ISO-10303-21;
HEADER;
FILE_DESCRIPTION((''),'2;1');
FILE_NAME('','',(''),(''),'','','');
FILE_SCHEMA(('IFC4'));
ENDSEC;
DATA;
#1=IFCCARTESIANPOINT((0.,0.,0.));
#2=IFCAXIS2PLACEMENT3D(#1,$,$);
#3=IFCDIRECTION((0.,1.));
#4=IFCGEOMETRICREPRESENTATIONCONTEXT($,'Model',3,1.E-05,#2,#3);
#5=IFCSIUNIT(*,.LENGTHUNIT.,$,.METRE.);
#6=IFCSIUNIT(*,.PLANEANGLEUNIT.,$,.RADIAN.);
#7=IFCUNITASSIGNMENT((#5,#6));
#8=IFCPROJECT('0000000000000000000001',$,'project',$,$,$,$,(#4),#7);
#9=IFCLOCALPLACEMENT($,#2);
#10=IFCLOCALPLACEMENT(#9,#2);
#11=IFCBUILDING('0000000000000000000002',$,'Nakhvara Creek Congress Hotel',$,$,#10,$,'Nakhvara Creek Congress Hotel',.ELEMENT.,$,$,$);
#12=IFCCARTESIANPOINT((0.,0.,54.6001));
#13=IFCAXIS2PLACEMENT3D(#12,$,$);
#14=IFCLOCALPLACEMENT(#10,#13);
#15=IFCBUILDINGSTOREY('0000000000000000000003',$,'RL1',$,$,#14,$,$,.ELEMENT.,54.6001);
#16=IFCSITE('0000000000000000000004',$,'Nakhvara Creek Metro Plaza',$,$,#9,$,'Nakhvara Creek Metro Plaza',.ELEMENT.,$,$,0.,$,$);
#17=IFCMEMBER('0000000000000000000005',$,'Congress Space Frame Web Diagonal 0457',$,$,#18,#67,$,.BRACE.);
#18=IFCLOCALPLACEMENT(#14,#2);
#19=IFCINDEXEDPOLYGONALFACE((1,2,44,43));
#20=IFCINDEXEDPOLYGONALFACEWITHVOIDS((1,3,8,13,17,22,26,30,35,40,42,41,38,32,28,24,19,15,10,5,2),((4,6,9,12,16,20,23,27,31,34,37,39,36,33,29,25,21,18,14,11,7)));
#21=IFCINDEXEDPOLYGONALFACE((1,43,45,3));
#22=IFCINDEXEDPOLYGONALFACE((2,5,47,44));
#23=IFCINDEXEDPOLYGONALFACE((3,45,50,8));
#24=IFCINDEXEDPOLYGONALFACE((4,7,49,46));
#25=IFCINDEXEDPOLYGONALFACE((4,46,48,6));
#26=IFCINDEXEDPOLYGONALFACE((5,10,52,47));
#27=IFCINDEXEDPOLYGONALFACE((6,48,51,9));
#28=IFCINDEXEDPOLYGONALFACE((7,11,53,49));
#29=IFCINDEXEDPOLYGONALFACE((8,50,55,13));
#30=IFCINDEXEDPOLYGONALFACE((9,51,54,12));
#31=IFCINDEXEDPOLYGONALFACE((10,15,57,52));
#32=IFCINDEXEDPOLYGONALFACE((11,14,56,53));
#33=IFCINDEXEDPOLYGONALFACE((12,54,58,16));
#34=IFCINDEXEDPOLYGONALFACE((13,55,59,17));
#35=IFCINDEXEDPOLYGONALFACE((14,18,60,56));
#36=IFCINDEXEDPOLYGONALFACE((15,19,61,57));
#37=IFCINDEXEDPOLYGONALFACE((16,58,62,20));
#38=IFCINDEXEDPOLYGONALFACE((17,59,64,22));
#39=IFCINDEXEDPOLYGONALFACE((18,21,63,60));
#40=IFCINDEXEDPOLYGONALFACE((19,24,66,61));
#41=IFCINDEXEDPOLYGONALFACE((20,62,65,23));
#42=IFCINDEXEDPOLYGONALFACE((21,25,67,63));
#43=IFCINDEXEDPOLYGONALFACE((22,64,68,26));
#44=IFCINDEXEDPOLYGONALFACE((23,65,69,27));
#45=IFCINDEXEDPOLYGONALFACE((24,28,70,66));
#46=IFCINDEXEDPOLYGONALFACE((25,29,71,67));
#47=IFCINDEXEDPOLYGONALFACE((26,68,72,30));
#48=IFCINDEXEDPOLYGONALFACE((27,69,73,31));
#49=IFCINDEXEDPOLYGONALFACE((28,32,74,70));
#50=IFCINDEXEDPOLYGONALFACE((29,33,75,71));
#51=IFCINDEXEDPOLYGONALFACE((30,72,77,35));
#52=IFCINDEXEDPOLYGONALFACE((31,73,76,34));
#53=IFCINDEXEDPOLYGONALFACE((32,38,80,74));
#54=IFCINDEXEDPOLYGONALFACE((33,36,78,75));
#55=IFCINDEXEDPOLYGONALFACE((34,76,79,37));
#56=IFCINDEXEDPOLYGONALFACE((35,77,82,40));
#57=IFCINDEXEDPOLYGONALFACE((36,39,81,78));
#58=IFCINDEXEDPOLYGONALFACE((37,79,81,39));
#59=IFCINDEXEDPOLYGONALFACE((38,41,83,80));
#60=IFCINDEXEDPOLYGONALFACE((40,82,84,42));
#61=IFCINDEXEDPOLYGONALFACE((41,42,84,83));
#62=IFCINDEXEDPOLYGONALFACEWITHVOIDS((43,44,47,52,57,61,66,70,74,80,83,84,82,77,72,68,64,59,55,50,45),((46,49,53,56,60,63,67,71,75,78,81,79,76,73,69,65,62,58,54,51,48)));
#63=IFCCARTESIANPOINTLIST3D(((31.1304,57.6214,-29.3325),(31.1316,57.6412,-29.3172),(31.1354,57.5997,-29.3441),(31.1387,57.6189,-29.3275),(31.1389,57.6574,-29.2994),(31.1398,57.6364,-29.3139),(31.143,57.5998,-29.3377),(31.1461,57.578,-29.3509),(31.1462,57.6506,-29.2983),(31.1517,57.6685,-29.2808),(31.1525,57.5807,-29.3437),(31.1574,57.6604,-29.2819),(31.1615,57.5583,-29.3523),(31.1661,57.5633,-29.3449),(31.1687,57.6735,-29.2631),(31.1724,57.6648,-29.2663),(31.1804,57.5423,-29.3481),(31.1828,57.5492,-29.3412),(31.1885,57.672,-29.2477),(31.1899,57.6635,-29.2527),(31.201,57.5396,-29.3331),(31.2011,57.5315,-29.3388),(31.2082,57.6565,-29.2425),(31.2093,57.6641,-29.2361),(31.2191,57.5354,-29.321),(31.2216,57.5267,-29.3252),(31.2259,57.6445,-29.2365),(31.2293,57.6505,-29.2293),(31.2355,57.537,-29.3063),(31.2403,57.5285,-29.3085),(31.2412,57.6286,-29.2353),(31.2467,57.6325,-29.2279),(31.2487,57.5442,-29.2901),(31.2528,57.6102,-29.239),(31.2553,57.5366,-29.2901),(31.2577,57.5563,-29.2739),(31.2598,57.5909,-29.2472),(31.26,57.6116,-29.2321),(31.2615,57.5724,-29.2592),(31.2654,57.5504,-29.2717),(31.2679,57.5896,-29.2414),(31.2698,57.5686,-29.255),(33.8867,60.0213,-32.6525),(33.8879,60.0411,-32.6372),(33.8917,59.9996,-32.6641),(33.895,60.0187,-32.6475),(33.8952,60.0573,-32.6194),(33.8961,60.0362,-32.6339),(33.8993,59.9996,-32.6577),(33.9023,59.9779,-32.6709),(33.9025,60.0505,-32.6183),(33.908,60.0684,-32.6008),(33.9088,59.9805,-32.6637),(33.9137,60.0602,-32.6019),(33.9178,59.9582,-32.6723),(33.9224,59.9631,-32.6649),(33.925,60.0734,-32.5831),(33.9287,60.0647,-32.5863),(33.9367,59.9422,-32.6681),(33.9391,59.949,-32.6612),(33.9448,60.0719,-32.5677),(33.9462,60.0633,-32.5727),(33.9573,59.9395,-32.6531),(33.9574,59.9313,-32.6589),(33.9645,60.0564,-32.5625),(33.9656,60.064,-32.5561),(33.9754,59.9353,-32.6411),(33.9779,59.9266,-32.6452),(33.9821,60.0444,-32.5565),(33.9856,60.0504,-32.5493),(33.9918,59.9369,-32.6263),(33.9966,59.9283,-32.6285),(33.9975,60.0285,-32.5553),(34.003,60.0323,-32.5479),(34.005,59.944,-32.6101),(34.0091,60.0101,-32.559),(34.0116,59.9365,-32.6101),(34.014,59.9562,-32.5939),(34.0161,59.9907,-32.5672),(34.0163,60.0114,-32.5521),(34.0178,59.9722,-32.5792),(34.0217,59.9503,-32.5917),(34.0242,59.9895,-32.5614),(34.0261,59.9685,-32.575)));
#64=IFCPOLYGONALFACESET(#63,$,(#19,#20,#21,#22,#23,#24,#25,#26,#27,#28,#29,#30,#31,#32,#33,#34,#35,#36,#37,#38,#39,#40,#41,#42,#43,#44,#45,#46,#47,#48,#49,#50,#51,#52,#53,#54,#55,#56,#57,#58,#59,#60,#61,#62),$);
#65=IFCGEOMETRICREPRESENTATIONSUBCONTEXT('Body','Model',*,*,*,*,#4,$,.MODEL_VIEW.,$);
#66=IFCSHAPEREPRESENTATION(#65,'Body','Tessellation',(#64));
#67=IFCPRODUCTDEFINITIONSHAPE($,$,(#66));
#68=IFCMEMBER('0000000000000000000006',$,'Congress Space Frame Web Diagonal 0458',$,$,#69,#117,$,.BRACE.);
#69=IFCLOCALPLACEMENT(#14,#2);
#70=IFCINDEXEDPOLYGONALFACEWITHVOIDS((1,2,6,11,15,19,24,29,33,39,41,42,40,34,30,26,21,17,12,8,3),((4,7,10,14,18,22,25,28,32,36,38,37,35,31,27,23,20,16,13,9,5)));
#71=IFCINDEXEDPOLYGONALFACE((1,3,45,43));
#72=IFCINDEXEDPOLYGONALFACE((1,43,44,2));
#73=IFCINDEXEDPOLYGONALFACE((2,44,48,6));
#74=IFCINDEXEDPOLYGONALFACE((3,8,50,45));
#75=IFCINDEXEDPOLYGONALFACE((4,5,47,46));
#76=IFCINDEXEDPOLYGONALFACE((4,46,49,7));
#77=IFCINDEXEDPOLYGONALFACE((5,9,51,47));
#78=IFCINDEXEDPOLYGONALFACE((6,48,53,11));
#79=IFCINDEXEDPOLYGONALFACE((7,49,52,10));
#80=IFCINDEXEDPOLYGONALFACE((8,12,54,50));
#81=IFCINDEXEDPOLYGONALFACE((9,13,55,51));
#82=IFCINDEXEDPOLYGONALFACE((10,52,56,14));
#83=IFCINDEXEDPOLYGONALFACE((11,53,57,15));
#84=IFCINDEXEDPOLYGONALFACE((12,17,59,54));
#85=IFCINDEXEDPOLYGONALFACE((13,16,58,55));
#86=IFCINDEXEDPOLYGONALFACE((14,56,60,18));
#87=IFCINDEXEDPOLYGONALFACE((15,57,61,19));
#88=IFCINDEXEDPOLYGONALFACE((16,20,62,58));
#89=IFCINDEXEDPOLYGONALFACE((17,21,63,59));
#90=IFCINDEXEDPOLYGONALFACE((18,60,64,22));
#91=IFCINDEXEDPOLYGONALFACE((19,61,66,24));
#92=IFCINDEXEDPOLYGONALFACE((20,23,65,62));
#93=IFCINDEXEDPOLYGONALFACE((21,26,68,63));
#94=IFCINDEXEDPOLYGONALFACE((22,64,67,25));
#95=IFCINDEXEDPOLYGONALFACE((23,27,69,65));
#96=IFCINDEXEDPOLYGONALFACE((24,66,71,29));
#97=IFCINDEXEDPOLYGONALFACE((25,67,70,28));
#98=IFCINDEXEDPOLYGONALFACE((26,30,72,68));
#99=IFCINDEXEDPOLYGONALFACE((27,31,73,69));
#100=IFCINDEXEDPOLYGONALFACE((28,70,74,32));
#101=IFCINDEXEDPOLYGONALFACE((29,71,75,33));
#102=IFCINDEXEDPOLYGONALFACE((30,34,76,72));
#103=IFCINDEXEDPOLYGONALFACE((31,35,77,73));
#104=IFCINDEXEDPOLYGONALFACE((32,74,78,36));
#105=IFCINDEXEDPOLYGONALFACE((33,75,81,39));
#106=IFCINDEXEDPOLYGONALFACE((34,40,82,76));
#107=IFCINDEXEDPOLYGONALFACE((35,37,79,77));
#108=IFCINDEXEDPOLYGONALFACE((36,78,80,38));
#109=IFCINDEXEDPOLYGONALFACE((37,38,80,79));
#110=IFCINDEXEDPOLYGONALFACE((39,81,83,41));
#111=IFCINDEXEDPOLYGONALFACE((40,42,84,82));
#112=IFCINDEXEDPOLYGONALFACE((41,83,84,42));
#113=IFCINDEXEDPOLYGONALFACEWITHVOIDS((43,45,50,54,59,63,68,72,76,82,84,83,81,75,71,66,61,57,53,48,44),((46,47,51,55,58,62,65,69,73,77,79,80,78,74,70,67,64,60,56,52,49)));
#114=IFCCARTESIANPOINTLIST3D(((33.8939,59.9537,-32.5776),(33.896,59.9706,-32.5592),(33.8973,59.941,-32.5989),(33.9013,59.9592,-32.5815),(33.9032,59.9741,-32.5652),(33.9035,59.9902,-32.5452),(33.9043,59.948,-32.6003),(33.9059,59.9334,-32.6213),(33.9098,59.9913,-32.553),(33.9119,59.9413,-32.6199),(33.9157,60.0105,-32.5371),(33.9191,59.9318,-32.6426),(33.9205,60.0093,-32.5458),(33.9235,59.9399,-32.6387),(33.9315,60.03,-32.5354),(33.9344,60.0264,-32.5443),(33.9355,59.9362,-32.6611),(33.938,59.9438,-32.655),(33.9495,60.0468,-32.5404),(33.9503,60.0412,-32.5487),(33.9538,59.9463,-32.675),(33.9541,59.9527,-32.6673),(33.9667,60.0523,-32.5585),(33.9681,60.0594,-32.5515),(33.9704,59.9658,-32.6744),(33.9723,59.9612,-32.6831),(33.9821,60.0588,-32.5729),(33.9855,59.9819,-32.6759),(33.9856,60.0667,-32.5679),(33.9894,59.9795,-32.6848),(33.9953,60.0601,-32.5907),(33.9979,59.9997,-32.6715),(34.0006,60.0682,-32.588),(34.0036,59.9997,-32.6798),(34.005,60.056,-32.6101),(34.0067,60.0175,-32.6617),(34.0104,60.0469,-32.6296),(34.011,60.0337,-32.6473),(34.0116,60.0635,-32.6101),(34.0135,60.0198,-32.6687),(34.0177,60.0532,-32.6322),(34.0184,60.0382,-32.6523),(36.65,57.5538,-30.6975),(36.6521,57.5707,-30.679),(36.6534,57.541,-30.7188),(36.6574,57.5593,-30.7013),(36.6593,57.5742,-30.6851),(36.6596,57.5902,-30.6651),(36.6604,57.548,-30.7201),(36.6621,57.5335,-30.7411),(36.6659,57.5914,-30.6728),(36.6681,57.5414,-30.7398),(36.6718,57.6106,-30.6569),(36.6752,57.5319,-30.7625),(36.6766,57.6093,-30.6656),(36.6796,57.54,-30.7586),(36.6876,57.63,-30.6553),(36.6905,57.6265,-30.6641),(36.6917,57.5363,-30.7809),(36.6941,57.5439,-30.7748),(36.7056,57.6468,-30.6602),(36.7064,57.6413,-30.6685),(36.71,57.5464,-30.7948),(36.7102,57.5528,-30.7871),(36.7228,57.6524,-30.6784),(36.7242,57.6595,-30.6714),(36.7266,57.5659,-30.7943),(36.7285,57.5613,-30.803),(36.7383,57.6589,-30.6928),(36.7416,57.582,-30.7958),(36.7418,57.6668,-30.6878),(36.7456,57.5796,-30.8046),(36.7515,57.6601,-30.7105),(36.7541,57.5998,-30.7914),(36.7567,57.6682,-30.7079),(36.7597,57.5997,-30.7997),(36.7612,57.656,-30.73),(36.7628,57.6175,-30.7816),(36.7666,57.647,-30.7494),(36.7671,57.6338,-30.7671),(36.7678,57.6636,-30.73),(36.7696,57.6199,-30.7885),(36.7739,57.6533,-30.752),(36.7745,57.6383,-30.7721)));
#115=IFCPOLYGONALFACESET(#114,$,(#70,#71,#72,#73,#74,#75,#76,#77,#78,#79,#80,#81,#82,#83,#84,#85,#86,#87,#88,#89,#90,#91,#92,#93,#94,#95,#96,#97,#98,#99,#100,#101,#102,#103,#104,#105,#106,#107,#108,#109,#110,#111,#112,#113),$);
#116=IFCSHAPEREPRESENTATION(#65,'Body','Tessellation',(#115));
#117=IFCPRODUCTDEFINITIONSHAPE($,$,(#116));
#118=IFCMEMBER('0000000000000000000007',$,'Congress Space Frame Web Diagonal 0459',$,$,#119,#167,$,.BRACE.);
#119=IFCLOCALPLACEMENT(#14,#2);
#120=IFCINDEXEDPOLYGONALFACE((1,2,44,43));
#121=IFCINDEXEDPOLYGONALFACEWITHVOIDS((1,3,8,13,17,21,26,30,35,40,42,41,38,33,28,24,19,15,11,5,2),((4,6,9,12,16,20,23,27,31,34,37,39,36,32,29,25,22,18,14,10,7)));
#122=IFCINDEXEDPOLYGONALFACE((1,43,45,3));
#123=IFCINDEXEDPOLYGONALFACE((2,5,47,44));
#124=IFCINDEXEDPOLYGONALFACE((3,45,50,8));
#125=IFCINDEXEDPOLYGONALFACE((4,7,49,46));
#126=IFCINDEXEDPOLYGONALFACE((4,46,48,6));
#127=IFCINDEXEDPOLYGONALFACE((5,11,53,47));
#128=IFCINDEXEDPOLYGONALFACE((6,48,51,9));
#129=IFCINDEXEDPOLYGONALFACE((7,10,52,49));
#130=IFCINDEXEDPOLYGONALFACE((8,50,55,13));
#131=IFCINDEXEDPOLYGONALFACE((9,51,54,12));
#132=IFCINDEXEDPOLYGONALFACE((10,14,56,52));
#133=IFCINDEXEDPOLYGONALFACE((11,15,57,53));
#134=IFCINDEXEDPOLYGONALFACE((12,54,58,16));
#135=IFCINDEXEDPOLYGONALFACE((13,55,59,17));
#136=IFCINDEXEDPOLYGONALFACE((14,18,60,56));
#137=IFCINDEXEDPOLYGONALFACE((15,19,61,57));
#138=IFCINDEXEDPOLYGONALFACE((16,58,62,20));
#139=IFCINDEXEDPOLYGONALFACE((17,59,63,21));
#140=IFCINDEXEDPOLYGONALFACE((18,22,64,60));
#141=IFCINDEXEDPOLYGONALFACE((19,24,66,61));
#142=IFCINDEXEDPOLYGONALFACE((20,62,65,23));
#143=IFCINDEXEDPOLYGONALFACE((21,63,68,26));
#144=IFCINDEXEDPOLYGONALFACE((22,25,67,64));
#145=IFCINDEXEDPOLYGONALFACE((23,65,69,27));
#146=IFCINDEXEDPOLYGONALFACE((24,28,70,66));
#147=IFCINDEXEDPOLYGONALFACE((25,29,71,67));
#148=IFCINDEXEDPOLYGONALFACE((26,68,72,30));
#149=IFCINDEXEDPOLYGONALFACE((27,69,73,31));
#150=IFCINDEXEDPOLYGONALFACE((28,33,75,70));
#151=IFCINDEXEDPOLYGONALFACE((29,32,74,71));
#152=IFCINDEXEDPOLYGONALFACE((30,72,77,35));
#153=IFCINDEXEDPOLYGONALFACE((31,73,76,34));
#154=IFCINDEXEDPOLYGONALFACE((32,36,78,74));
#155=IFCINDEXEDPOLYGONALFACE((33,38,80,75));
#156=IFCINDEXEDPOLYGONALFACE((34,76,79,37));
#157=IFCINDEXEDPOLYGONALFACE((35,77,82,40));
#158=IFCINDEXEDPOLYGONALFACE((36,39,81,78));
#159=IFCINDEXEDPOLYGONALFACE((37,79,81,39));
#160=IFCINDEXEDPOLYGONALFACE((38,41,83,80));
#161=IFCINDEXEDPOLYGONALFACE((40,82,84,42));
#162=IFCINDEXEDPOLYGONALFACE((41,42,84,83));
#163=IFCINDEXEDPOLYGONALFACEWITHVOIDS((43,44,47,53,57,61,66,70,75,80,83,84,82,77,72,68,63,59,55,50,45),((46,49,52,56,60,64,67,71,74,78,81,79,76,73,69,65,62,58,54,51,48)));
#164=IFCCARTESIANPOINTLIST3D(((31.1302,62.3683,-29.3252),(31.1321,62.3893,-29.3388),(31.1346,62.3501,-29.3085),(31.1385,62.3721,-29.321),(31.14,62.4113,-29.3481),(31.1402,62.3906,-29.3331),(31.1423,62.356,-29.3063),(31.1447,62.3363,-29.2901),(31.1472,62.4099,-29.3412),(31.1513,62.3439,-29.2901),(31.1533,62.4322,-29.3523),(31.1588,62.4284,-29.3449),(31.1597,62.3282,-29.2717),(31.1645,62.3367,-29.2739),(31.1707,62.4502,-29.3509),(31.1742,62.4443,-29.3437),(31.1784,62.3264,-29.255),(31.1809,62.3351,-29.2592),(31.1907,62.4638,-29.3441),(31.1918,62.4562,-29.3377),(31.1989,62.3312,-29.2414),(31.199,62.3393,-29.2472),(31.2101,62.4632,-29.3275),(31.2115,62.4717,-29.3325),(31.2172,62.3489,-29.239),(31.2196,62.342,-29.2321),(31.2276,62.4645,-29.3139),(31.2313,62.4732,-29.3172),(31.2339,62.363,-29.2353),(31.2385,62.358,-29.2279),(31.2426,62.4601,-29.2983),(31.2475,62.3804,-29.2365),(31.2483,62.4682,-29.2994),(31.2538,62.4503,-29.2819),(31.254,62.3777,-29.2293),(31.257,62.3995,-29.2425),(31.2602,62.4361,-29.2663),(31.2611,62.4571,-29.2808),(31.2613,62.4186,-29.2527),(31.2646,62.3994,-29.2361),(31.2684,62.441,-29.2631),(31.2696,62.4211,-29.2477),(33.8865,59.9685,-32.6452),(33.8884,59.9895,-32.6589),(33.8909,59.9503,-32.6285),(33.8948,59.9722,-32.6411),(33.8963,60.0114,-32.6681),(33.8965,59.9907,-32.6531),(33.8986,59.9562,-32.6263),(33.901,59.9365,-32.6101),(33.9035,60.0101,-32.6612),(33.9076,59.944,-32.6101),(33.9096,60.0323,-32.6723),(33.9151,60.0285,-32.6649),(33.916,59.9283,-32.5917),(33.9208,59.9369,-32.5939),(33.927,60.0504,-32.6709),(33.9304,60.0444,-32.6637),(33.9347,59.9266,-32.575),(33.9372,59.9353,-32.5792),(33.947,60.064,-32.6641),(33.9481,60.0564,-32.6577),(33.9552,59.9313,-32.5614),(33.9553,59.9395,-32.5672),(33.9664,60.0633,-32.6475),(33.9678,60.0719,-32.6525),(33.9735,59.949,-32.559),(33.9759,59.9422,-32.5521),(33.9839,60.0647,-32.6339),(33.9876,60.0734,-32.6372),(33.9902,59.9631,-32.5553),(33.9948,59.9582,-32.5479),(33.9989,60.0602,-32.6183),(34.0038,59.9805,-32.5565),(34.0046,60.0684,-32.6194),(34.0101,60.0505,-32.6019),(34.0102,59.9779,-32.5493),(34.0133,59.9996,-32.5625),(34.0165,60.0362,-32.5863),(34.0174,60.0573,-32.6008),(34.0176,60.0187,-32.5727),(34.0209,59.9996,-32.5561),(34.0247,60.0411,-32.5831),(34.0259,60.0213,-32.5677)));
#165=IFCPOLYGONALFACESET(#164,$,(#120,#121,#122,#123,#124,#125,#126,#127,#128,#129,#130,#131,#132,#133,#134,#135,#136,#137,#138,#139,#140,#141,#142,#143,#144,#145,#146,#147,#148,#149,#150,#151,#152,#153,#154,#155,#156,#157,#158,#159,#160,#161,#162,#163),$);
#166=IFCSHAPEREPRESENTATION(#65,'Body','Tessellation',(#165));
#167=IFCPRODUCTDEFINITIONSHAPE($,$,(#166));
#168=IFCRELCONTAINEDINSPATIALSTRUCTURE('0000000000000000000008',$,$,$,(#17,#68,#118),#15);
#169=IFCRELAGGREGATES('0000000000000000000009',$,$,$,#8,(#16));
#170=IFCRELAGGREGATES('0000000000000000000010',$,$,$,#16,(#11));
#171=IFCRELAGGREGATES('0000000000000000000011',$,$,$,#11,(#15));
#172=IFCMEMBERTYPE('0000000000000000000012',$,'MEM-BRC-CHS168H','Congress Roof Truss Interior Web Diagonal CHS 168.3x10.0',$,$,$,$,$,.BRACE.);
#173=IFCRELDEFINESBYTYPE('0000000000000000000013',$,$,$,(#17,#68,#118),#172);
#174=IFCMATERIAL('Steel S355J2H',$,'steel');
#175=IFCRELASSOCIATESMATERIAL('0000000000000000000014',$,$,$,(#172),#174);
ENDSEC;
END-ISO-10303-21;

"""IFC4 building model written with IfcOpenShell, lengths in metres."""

from ifc_helpers import new_model, si_unit, direction, frame, origin, origin_2d, place, context, subcontext, project, spatial, hollow_circle, extrude, material, material_profile, profile_set, type_object, element, save


model = new_model("IFC4")

# Units and contexts
model_context = context("Model", 3, precision=1e-05, world=origin(), true_north=direction((0.0, 1.0)))
body_context = subcontext(model_context, "Body", "Model", "MODEL_VIEW")
ifc_project = project(units=[si_unit("LENGTHUNIT", "METRE"), si_unit("PLANEANGLEUNIT", "RADIAN")], contexts=[model_context])

# Site, building, storey
site_placement = place(None, origin())
site = spatial("IfcSite", under=ifc_project, at=site_placement, Name="Nakhvara Creek Metro Plaza", LongName="Nakhvara Creek Metro Plaza", CompositionType="ELEMENT", RefElevation=0.0)
building_placement = place(site_placement, origin())
building = spatial("IfcBuilding", under=site, at=building_placement, Name="Nakhvara Creek Congress Hotel", LongName="Nakhvara Creek Congress Hotel", CompositionType="ELEMENT")
storey_placement = place(building_placement, frame((0.0, 0.0, 54.6001)))
storey = spatial("IfcBuildingStorey", under=building, at=storey_placement, Name="RL1", CompositionType="ELEMENT", Elevation=54.6001)

# Members
ifc_material_1 = material(Name="Steel S355J2H", Category="steel")
ifc_material_profile_1 = material_profile(ifc_material_1, hollow_circle(Radius=0.0842, WallThickness=0.01, at=origin_2d()), Name="CHS 168.3x10.0", Category="LoadBearing")
ifc_profile_set_1 = profile_set([ifc_material_profile_1], Name="Steel S355J2H")
member_type_1 = type_object("IfcMemberType", Name="MEM-BRC-CHS168H", Description="Congress Roof Truss Interior Web Diagonal CHS 168.3x10.0", PredefinedType="BRACE", material=ifc_profile_set_1)
member_1_placement = place(storey_placement, frame((33.9563, 60.0, -32.6101), z_axis=(-0.558237, -0.486047, 0.672406), x_axis=(0.656658, -0.754188, 0.0)))
element("IfcMember", 1, at=member_1_placement, inside=storey, type_object=member_type_1, Name="Congress Space Frame Web Diagonal 0457", PredefinedType="BRACE", context=body_context, shape_type="SweptSolid", body=[
    extrude(hollow_circle(Radius=0.0842, WallThickness=0.01, at=origin_2d()), origin(), (0.0, 0.0, 1.0), 4.9375),
])
member_2_placement = place(storey_placement, frame((33.9563, 60.0, -32.6101), z_axis=(0.670616, -0.583945, 0.457473), x_axis=(0.656691, 0.75416, 0.0)))
element("IfcMember", 2, at=member_2_placement, inside=storey, type_object=member_type_1, Name="Congress Space Frame Web Diagonal 0458", PredefinedType="BRACE", context=body_context, shape_type="SweptSolid", body=[
    extrude(hollow_circle(Radius=0.0842, WallThickness=0.01, at=origin_2d()), origin(), (0.0, 0.0, 1.0), 4.1099),
])
member_3_placement = place(storey_placement, frame((33.9563, 60.0, -32.6101), z_axis=(-0.558237, 0.486047, 0.672406), x_axis=(-0.656658, -0.754188, 0.0)))
element("IfcMember", 3, at=member_3_placement, inside=storey, type_object=member_type_1, Name="Congress Space Frame Web Diagonal 0459", PredefinedType="BRACE", context=body_context, shape_type="SweptSolid", body=[
    extrude(hollow_circle(Radius=0.0842, WallThickness=0.01, at=origin_2d()), origin(), (0.0, 0.0, 1.0), 4.9375),
])

save(model, "model.ifc")
